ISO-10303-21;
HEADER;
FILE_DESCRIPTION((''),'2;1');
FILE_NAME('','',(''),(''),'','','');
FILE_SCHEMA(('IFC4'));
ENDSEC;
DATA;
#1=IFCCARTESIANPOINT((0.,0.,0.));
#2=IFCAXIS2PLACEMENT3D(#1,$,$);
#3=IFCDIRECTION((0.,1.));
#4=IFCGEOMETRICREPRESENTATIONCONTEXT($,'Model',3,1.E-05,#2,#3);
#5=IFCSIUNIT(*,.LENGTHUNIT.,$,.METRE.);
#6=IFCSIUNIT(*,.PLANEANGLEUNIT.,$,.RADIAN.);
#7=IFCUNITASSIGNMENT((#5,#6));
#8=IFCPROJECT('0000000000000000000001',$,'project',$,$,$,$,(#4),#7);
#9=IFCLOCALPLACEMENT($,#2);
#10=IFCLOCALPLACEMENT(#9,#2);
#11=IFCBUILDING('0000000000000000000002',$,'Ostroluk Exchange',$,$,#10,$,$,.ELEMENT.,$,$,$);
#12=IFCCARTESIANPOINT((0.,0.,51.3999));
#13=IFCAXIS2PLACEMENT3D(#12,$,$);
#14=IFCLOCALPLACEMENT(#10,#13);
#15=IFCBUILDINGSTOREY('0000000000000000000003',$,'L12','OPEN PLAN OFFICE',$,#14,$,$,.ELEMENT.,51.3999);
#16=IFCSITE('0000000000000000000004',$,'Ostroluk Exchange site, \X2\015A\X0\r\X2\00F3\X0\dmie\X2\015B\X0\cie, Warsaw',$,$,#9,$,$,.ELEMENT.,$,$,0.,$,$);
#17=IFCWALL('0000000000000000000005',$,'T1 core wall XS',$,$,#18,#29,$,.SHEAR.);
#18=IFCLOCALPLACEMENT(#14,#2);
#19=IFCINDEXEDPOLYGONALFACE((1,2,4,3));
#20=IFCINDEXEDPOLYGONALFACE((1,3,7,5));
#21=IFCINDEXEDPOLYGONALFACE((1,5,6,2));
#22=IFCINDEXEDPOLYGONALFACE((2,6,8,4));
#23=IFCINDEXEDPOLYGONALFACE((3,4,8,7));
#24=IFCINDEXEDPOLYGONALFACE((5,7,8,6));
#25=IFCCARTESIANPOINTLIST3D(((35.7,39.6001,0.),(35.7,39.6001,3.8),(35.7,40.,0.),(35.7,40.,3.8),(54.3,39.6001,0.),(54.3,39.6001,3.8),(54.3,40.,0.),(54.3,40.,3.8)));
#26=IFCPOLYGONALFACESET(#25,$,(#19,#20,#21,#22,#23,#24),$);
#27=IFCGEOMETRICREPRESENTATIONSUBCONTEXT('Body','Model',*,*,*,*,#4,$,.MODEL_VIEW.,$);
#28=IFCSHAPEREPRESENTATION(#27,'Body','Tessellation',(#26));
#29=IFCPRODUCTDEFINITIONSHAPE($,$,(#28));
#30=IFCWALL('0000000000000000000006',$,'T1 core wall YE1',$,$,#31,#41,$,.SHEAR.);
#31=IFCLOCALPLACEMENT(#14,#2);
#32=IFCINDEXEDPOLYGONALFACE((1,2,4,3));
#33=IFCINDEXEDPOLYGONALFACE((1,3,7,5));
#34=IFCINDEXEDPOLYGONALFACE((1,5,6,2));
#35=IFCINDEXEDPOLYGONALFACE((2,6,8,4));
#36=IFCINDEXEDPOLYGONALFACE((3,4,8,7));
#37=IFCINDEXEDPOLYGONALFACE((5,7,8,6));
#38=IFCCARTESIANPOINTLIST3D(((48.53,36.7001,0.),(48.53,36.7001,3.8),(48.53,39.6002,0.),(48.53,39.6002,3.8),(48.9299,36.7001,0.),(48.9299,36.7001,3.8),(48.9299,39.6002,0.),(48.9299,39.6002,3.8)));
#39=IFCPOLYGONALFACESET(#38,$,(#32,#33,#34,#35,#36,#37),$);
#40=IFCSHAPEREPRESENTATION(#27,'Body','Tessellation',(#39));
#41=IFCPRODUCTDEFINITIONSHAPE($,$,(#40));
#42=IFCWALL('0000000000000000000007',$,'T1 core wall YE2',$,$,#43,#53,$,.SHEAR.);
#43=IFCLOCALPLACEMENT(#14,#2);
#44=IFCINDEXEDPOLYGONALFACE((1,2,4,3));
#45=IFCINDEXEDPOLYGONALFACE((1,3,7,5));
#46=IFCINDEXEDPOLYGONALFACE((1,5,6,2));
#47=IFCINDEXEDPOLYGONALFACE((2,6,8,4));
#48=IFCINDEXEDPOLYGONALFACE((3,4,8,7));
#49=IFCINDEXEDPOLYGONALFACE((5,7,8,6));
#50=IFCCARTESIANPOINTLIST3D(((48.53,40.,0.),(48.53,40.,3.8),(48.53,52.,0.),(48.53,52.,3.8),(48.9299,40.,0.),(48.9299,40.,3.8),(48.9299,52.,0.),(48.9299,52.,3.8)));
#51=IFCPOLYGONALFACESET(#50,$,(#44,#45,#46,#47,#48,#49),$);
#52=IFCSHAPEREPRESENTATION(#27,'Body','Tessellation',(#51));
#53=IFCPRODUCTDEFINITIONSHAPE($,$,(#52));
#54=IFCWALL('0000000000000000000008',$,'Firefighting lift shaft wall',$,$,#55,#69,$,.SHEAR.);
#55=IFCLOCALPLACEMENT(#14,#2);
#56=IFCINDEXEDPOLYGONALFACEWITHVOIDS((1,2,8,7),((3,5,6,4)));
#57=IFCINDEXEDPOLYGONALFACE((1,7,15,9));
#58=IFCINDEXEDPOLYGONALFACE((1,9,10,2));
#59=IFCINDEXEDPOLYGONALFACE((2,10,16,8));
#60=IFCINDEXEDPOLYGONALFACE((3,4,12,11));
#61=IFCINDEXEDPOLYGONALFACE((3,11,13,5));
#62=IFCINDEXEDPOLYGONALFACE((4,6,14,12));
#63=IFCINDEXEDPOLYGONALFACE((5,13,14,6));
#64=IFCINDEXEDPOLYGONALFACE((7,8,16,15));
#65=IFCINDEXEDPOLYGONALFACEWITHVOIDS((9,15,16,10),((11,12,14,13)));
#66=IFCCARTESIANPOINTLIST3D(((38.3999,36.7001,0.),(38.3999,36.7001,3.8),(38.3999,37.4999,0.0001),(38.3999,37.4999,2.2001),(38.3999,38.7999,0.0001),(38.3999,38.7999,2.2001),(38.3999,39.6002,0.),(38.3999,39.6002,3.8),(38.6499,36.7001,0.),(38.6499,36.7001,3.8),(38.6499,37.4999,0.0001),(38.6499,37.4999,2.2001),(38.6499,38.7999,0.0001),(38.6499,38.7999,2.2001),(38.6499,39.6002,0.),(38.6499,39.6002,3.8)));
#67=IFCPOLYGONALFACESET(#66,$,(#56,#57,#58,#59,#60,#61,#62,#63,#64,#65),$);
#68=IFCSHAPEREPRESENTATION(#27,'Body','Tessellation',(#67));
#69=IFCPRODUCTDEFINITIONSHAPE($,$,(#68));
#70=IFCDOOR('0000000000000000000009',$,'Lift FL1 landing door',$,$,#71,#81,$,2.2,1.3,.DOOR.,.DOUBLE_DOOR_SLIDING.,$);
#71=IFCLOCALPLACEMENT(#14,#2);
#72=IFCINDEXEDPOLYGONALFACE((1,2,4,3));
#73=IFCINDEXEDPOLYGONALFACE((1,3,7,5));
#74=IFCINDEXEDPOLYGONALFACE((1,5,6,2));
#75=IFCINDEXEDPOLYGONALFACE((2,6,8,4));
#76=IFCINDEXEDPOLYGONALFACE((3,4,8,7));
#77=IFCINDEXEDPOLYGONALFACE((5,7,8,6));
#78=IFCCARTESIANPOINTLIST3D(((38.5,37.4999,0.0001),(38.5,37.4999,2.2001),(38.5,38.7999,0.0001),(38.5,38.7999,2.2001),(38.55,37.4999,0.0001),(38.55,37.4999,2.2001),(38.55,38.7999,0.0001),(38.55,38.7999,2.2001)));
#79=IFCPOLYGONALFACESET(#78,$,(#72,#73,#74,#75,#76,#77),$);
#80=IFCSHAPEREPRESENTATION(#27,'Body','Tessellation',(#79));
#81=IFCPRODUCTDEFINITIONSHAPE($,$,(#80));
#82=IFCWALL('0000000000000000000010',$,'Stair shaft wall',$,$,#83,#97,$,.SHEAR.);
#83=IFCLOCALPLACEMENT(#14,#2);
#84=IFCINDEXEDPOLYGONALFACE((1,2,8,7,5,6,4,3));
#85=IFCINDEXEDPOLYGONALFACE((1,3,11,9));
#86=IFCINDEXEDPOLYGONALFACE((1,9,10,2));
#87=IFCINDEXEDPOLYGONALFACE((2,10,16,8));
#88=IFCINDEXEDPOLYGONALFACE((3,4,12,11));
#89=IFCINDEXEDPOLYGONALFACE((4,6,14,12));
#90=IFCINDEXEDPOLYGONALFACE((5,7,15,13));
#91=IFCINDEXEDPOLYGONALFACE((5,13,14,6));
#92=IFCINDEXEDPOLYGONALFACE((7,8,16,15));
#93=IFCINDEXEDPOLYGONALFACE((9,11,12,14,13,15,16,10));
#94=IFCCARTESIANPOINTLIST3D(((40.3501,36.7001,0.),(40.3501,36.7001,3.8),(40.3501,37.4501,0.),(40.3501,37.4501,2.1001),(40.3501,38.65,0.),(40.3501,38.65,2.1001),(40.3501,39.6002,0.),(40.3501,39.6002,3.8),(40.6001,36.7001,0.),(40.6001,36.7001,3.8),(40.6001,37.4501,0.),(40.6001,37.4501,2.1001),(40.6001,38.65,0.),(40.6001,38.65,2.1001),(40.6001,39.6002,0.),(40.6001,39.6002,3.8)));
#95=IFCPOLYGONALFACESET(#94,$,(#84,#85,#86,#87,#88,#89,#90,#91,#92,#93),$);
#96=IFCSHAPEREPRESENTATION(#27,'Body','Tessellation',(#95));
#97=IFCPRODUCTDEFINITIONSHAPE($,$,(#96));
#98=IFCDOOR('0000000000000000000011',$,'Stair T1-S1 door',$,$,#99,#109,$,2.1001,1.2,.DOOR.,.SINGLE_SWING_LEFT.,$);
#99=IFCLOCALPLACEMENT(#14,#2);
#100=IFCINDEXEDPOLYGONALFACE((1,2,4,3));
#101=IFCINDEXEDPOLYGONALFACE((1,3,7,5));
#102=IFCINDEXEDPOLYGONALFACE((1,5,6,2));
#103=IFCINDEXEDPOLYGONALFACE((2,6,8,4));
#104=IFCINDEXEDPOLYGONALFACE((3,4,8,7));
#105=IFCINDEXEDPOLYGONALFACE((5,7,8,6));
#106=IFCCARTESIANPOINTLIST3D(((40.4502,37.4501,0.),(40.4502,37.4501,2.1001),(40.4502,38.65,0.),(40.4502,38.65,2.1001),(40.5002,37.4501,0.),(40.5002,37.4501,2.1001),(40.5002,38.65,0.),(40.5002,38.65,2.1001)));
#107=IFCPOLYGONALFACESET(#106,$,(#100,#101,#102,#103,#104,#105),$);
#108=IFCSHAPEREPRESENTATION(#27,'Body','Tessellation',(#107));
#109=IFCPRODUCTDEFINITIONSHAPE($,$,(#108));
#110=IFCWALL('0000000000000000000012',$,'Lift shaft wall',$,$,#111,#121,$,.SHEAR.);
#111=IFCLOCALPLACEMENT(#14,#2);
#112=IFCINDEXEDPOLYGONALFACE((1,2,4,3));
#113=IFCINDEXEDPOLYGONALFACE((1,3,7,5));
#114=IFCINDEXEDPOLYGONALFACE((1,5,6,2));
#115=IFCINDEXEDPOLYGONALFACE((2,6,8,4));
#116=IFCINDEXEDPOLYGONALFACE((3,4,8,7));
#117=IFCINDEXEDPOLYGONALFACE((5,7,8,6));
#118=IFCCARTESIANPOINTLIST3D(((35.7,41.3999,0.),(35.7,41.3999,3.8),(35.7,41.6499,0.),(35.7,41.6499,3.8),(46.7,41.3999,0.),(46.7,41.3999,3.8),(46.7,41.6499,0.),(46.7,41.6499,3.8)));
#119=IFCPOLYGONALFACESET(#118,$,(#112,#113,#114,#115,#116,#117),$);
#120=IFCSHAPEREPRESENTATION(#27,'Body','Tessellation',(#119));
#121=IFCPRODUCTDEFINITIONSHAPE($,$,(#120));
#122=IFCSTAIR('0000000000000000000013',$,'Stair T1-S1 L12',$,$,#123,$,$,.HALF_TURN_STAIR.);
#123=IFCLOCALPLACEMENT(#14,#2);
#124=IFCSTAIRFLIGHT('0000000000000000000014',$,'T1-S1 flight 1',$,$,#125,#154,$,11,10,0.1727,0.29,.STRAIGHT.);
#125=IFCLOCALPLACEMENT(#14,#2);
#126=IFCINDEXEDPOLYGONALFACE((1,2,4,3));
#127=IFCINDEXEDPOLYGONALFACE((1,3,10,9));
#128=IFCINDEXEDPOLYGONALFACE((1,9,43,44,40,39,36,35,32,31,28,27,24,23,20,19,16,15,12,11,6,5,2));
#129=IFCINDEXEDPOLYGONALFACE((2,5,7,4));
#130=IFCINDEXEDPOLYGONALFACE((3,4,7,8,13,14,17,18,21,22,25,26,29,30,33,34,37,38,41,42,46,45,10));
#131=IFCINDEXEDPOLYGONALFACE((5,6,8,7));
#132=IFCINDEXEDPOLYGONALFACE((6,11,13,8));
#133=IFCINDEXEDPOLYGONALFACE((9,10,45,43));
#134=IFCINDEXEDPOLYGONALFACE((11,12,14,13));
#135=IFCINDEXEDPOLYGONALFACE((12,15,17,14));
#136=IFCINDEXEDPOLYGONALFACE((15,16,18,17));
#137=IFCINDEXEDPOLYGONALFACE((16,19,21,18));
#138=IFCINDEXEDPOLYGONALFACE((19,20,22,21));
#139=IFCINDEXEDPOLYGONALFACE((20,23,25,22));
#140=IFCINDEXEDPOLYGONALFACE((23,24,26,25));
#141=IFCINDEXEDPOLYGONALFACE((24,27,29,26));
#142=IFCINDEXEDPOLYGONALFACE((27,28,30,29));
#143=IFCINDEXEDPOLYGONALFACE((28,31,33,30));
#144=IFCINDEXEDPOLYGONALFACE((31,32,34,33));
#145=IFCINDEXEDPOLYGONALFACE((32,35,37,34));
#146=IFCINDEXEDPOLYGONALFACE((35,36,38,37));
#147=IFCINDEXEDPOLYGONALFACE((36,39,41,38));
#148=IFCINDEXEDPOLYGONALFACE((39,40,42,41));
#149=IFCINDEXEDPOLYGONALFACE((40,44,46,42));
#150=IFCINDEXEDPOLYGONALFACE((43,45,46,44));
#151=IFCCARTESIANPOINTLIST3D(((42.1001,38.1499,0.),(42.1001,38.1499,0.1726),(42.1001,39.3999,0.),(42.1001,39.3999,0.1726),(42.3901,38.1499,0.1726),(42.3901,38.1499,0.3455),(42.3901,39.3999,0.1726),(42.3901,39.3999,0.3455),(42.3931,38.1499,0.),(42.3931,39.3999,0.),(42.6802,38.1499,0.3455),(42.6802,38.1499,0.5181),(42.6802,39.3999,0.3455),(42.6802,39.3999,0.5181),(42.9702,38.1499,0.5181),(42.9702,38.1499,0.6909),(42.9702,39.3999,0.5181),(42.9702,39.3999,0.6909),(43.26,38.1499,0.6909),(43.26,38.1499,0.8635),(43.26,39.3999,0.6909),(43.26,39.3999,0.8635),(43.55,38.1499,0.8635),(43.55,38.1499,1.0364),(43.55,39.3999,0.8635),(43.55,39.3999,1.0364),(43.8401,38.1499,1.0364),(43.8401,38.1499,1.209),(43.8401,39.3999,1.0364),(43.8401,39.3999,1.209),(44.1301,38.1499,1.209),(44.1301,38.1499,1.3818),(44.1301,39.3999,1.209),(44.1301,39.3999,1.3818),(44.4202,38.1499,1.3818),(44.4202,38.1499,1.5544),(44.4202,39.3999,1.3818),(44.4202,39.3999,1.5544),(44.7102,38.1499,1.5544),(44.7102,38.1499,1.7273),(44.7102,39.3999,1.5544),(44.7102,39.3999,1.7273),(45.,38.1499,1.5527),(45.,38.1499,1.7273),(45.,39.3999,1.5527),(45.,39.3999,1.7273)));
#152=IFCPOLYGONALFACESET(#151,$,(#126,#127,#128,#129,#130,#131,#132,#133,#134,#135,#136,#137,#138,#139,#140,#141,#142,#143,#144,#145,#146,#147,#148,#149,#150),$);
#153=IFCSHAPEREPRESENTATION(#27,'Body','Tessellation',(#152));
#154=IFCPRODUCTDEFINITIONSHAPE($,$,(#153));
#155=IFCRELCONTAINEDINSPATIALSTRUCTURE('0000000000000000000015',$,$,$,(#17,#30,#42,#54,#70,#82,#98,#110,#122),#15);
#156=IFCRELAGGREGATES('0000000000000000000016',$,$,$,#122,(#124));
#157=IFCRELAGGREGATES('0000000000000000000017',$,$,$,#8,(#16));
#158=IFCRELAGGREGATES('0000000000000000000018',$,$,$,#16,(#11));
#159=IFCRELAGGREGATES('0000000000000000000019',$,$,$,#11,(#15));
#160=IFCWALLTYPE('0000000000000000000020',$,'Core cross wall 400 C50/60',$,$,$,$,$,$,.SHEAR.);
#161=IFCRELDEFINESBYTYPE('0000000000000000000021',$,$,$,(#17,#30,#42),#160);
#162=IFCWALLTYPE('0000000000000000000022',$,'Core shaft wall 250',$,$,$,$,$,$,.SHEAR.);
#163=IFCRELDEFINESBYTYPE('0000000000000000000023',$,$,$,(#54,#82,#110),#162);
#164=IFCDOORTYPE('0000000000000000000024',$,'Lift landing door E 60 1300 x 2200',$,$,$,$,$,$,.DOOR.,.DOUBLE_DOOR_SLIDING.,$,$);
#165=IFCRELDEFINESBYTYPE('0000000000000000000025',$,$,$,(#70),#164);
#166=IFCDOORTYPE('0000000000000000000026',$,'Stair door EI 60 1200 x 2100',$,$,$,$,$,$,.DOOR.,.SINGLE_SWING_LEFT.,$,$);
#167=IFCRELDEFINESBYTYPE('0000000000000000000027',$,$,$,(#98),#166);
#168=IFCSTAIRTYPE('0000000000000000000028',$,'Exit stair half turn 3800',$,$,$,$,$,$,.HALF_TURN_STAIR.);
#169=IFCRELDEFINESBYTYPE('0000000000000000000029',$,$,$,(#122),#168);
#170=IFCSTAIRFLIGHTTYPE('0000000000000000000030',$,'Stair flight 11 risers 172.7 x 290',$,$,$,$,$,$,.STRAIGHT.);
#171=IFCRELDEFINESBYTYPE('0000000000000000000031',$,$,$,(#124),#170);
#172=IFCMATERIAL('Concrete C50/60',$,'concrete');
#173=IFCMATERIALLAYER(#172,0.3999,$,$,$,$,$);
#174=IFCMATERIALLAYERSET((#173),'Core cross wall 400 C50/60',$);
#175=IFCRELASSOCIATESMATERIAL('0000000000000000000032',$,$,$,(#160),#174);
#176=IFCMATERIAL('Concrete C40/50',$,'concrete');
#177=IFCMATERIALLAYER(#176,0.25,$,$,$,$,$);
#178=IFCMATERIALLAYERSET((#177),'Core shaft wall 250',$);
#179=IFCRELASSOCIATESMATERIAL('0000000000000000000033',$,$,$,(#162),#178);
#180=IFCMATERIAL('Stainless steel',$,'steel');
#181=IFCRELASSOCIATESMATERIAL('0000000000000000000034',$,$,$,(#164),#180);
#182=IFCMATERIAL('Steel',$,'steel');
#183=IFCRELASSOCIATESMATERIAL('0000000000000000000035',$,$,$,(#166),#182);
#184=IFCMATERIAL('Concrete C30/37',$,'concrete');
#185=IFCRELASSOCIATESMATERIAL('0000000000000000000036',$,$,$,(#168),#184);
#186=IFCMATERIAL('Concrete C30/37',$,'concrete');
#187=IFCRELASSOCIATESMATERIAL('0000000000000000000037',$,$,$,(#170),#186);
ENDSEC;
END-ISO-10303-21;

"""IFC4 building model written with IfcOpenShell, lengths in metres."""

from ifc_helpers import new_model, si_unit, direction, frame, frame_2d, origin, place, context, subcontext, project, spatial, polyline, rectangle, outline, extrude, material, layer, layer_set, type_object, element, fill, aggregate, save


model = new_model("IFC4")

# Units and contexts
model_context = context("Model", 3, precision=1e-05, world=origin(), true_north=direction((0.0, 1.0)))
body_context = subcontext(model_context, "Body", "Model", "MODEL_VIEW")
ifc_project = project(units=[si_unit("LENGTHUNIT", "METRE"), si_unit("PLANEANGLEUNIT", "RADIAN")], contexts=[model_context])

# Site, building, storey
site_placement = place(None, origin())
site = spatial("IfcSite", under=ifc_project, at=site_placement, Name="Ostroluk Exchange site, Śródmieście, Warsaw", CompositionType="ELEMENT", RefElevation=0.0)
building_placement = place(site_placement, origin())
building = spatial("IfcBuilding", under=site, at=building_placement, Name="Ostroluk Exchange", CompositionType="ELEMENT")
storey_placement = place(building_placement, frame((0.0, 0.0, 51.3999)))
storey = spatial("IfcBuildingStorey", under=building, at=storey_placement, Name="L12", Description="OPEN PLAN OFFICE", CompositionType="ELEMENT", Elevation=51.3999)

# Walls
ifc_material_1 = material(Name="Concrete C50/60", Category="concrete")
ifc_layer_1 = layer(ifc_material_1, 0.3999)
ifc_layer_set_1 = layer_set([ifc_layer_1], Name="Core cross wall 400 C50/60")
wall_type_1 = type_object("IfcWallType", Name="Core cross wall 400 C50/60", PredefinedType="SHEAR", material=ifc_layer_set_1)
wall_1_placement = place(storey_placement, frame((35.7, 39.8, 0.0), z_axis=(0.0, 0.0, 1.0), x_axis=(1.0, 0.0, 0.0)))
element("IfcWall", 1, at=wall_1_placement, inside=storey, type_object=wall_type_1, Name="T1 core wall XS", PredefinedType="SHEAR", context=body_context, shape_type="SweptSolid", body=[
    extrude(rectangle(XDim=18.6001, YDim=0.3999, at=frame_2d((9.3, 0.0))), origin(), (0.0, 0.0, 1.0), 3.8),
])
wall_2_placement = place(storey_placement, frame((48.73, 36.7, 0.0), z_axis=(0.0, 0.0, 1.0), x_axis=(0.0, 1.0, 0.0)))
element("IfcWall", 2, at=wall_2_placement, inside=storey, type_object=wall_type_1, Name="T1 core wall YE1", PredefinedType="SHEAR", context=body_context, shape_type="SweptSolid", body=[
    extrude(rectangle(XDim=2.9001, YDim=0.3999, at=frame_2d((1.4502, 0.0))), origin(), (0.0, 0.0, 1.0), 3.8),
])
wall_3_placement = place(storey_placement, frame((48.73, 40.0, 0.0), z_axis=(0.0, 0.0, 1.0), x_axis=(0.0, 1.0, 0.0)))
element("IfcWall", 3, at=wall_3_placement, inside=storey, type_object=wall_type_1, Name="T1 core wall YE2", PredefinedType="SHEAR", context=body_context, shape_type="SweptSolid", body=[
    extrude(rectangle(XDim=12.0, YDim=0.3999, at=frame_2d((6.0, 0.0))), origin(), (0.0, 0.0, 1.0), 3.8),
])

# Walls, openings, doors
ifc_material_2 = material(Name="Concrete C40/50", Category="concrete")
ifc_layer_2 = layer(ifc_material_2, 0.25)
ifc_layer_set_2 = layer_set([ifc_layer_2], Name="Core shaft wall 250")
wall_type_2 = type_object("IfcWallType", Name="Core shaft wall 250", PredefinedType="SHEAR", material=ifc_layer_set_2)
wall_4_placement = place(storey_placement, frame((38.5249, 36.7, 0.0), z_axis=(0.0, 0.0, 1.0), x_axis=(0.0, 1.0, 0.0)))
wall_4 = element("IfcWall", 4, at=wall_4_placement, inside=storey, type_object=wall_type_2, Name="Firefighting lift shaft wall", PredefinedType="SHEAR", context=body_context, shape_type="SweptSolid", body=[
    extrude(rectangle(XDim=2.9001, YDim=0.25, at=frame_2d((1.4502, 0.0))), origin(), (0.0, 0.0, 1.0), 3.8),
])
opening_1_placement = place(wall_4_placement, frame((0.8, 0.0, 0.0)))
opening_1 = element("IfcOpeningElement", 5, at=opening_1_placement, cuts=wall_4, PredefinedType="OPENING", context=body_context, shape_type="SweptSolid", body=[
    extrude(rectangle(XDim=1.3, YDim=2.2, at=frame_2d((0.6499, 1.1001))), frame((0.0, 0.135, 0.0), z_axis=(0.0, -1.0, 0.0), x_axis=(1.0, 0.0, 0.0)), (0.0, 0.0, 1.0), 0.27),
])
ifc_material_3 = material(Name="Stainless steel", Category="steel")
door_type_1 = type_object("IfcDoorType", Name="Lift landing door E 60 1300 x 2200", OperationType="DOUBLE_DOOR_SLIDING", PredefinedType="DOOR", material=ifc_material_3)
door_1_placement = place(opening_1_placement, origin())
door_1 = element("IfcDoor", 6, at=door_1_placement, inside=storey, type_object=door_type_1, Name="Lift FL1 landing door", OperationType="DOUBLE_DOOR_SLIDING", OverallHeight=2.2, OverallWidth=1.3, PredefinedType="DOOR", context=body_context, shape_type="SweptSolid", body=[
    extrude(rectangle(XDim=1.3, YDim=2.2, at=frame_2d((0.6499, 1.1001))), frame((0.0, 0.0249, 0.0), z_axis=(0.0, -1.0, 0.0), x_axis=(1.0, 0.0, 0.0)), (0.0, 0.0, 1.0), 0.05),
])
fill(opening_1, door_1)
wall_5_placement = place(storey_placement, frame((40.4751, 36.7, 0.0), z_axis=(0.0, 0.0, 1.0), x_axis=(0.0, 1.0, 0.0)))
wall_5 = element("IfcWall", 7, at=wall_5_placement, inside=storey, type_object=wall_type_2, Name="Stair shaft wall", PredefinedType="SHEAR", context=body_context, shape_type="SweptSolid", body=[
    extrude(rectangle(XDim=2.9001, YDim=0.25, at=frame_2d((1.4502, 0.0))), origin(), (0.0, 0.0, 1.0), 3.8),
])
opening_2_placement = place(wall_5_placement, frame((0.75, 0.0, 0.0)))
opening_2 = element("IfcOpeningElement", 8, at=opening_2_placement, cuts=wall_5, PredefinedType="OPENING", context=body_context, shape_type="SweptSolid", body=[
    extrude(rectangle(XDim=1.2, YDim=2.1001, at=frame_2d((0.6001, 1.05))), frame((0.0, 0.135, 0.0), z_axis=(0.0, -1.0, 0.0), x_axis=(1.0, 0.0, 0.0)), (0.0, 0.0, 1.0), 0.27),
])
ifc_material_4 = material(Name="Steel", Category="steel")
door_type_2 = type_object("IfcDoorType", Name="Stair door EI 60 1200 x 2100", OperationType="SINGLE_SWING_LEFT", PredefinedType="DOOR", material=ifc_material_4)
door_2_placement = place(opening_2_placement, origin())
door_2 = element("IfcDoor", 9, at=door_2_placement, inside=storey, type_object=door_type_2, Name="Stair T1-S1 door", OperationType="SINGLE_SWING_LEFT", OverallHeight=2.1001, OverallWidth=1.2, PredefinedType="DOOR", context=body_context, shape_type="SweptSolid", body=[
    extrude(rectangle(XDim=1.2, YDim=2.1001, at=frame_2d((0.6001, 1.05))), frame((0.0, 0.0249, 0.0), z_axis=(0.0, -1.0, 0.0), x_axis=(1.0, 0.0, 0.0)), (0.0, 0.0, 1.0), 0.05),
])
fill(opening_2, door_2)

# Wall
wall_6_placement = place(storey_placement, frame((35.7, 41.5249, 0.0), z_axis=(0.0, 0.0, 1.0), x_axis=(1.0, 0.0, 0.0)))
element("IfcWall", 10, at=wall_6_placement, inside=storey, type_object=wall_type_2, Name="Lift shaft wall", PredefinedType="SHEAR", context=body_context, shape_type="SweptSolid", body=[
    extrude(rectangle(XDim=11.0, YDim=0.25, at=frame_2d((5.5, 0.0))), origin(), (0.0, 0.0, 1.0), 3.8),
])

# Stair, stair flight
ifc_material_5 = material(Name="Concrete C30/37", Category="concrete")
stair_type = type_object("IfcStairType", Name="Exit stair half turn 3800", PredefinedType="HALF_TURN_STAIR", material=ifc_material_5)
stair_placement = place(storey_placement, origin())
stair = element("IfcStair", 11, at=stair_placement, inside=storey, type_object=stair_type, Name="Stair T1-S1 L12", PredefinedType="HALF_TURN_STAIR")
ifc_material_6 = material(Name="Concrete C30/37", Category="concrete")
stair_flight_type = type_object("IfcStairFlightType", Name="Stair flight 11 risers 172.7 x 290", PredefinedType="STRAIGHT", material=ifc_material_6)
stair_flight_1_placement = place(storey_placement, frame((42.1001, 38.7749, 0.0), z_axis=(0.0, 0.0, 1.0), x_axis=(1.0, 0.0, 0.0)))
stair_flight_1 = element("IfcStairFlight", 12, at=stair_flight_1_placement, type_object=stair_flight_type, Name="T1-S1 flight 1", NumberOfRisers=11, NumberOfTreads=10, PredefinedType="STRAIGHT", RiserHeight=0.1727, TreadLength=0.29, context=body_context, shape_type="SweptSolid", body=[
    extrude(outline(polyline([(0.0, 0.0), (0.0, 0.1726), (0.29, 0.1726), (0.29, 0.3455), (0.5801, 0.3455), (0.5801, 0.5181), (0.8701, 0.5181), (0.8701, 0.6909), (1.1599, 0.6909), (1.1599, 0.8635), (1.45, 0.8635), (1.45, 1.0364), (1.74, 1.0364), (1.74, 1.209), (2.03, 1.209), (2.03, 1.3818), (2.3201, 1.3818), (2.3201, 1.5544), (2.6101, 1.5544), (2.6101, 1.7273), (2.8999, 1.7273), (2.8999, 1.8999), (2.8999, 1.5527), (0.293, 0.0), (0.0, 0.0)])), frame((0.0, 0.625, 0.0), z_axis=(0.0, -1.0, 0.0), x_axis=(1.0, 0.0, 0.0)), (0.0, 0.0, 1.0), 1.25),
])
aggregate(stair, [stair_flight_1])

save(model, "model.ifc")
